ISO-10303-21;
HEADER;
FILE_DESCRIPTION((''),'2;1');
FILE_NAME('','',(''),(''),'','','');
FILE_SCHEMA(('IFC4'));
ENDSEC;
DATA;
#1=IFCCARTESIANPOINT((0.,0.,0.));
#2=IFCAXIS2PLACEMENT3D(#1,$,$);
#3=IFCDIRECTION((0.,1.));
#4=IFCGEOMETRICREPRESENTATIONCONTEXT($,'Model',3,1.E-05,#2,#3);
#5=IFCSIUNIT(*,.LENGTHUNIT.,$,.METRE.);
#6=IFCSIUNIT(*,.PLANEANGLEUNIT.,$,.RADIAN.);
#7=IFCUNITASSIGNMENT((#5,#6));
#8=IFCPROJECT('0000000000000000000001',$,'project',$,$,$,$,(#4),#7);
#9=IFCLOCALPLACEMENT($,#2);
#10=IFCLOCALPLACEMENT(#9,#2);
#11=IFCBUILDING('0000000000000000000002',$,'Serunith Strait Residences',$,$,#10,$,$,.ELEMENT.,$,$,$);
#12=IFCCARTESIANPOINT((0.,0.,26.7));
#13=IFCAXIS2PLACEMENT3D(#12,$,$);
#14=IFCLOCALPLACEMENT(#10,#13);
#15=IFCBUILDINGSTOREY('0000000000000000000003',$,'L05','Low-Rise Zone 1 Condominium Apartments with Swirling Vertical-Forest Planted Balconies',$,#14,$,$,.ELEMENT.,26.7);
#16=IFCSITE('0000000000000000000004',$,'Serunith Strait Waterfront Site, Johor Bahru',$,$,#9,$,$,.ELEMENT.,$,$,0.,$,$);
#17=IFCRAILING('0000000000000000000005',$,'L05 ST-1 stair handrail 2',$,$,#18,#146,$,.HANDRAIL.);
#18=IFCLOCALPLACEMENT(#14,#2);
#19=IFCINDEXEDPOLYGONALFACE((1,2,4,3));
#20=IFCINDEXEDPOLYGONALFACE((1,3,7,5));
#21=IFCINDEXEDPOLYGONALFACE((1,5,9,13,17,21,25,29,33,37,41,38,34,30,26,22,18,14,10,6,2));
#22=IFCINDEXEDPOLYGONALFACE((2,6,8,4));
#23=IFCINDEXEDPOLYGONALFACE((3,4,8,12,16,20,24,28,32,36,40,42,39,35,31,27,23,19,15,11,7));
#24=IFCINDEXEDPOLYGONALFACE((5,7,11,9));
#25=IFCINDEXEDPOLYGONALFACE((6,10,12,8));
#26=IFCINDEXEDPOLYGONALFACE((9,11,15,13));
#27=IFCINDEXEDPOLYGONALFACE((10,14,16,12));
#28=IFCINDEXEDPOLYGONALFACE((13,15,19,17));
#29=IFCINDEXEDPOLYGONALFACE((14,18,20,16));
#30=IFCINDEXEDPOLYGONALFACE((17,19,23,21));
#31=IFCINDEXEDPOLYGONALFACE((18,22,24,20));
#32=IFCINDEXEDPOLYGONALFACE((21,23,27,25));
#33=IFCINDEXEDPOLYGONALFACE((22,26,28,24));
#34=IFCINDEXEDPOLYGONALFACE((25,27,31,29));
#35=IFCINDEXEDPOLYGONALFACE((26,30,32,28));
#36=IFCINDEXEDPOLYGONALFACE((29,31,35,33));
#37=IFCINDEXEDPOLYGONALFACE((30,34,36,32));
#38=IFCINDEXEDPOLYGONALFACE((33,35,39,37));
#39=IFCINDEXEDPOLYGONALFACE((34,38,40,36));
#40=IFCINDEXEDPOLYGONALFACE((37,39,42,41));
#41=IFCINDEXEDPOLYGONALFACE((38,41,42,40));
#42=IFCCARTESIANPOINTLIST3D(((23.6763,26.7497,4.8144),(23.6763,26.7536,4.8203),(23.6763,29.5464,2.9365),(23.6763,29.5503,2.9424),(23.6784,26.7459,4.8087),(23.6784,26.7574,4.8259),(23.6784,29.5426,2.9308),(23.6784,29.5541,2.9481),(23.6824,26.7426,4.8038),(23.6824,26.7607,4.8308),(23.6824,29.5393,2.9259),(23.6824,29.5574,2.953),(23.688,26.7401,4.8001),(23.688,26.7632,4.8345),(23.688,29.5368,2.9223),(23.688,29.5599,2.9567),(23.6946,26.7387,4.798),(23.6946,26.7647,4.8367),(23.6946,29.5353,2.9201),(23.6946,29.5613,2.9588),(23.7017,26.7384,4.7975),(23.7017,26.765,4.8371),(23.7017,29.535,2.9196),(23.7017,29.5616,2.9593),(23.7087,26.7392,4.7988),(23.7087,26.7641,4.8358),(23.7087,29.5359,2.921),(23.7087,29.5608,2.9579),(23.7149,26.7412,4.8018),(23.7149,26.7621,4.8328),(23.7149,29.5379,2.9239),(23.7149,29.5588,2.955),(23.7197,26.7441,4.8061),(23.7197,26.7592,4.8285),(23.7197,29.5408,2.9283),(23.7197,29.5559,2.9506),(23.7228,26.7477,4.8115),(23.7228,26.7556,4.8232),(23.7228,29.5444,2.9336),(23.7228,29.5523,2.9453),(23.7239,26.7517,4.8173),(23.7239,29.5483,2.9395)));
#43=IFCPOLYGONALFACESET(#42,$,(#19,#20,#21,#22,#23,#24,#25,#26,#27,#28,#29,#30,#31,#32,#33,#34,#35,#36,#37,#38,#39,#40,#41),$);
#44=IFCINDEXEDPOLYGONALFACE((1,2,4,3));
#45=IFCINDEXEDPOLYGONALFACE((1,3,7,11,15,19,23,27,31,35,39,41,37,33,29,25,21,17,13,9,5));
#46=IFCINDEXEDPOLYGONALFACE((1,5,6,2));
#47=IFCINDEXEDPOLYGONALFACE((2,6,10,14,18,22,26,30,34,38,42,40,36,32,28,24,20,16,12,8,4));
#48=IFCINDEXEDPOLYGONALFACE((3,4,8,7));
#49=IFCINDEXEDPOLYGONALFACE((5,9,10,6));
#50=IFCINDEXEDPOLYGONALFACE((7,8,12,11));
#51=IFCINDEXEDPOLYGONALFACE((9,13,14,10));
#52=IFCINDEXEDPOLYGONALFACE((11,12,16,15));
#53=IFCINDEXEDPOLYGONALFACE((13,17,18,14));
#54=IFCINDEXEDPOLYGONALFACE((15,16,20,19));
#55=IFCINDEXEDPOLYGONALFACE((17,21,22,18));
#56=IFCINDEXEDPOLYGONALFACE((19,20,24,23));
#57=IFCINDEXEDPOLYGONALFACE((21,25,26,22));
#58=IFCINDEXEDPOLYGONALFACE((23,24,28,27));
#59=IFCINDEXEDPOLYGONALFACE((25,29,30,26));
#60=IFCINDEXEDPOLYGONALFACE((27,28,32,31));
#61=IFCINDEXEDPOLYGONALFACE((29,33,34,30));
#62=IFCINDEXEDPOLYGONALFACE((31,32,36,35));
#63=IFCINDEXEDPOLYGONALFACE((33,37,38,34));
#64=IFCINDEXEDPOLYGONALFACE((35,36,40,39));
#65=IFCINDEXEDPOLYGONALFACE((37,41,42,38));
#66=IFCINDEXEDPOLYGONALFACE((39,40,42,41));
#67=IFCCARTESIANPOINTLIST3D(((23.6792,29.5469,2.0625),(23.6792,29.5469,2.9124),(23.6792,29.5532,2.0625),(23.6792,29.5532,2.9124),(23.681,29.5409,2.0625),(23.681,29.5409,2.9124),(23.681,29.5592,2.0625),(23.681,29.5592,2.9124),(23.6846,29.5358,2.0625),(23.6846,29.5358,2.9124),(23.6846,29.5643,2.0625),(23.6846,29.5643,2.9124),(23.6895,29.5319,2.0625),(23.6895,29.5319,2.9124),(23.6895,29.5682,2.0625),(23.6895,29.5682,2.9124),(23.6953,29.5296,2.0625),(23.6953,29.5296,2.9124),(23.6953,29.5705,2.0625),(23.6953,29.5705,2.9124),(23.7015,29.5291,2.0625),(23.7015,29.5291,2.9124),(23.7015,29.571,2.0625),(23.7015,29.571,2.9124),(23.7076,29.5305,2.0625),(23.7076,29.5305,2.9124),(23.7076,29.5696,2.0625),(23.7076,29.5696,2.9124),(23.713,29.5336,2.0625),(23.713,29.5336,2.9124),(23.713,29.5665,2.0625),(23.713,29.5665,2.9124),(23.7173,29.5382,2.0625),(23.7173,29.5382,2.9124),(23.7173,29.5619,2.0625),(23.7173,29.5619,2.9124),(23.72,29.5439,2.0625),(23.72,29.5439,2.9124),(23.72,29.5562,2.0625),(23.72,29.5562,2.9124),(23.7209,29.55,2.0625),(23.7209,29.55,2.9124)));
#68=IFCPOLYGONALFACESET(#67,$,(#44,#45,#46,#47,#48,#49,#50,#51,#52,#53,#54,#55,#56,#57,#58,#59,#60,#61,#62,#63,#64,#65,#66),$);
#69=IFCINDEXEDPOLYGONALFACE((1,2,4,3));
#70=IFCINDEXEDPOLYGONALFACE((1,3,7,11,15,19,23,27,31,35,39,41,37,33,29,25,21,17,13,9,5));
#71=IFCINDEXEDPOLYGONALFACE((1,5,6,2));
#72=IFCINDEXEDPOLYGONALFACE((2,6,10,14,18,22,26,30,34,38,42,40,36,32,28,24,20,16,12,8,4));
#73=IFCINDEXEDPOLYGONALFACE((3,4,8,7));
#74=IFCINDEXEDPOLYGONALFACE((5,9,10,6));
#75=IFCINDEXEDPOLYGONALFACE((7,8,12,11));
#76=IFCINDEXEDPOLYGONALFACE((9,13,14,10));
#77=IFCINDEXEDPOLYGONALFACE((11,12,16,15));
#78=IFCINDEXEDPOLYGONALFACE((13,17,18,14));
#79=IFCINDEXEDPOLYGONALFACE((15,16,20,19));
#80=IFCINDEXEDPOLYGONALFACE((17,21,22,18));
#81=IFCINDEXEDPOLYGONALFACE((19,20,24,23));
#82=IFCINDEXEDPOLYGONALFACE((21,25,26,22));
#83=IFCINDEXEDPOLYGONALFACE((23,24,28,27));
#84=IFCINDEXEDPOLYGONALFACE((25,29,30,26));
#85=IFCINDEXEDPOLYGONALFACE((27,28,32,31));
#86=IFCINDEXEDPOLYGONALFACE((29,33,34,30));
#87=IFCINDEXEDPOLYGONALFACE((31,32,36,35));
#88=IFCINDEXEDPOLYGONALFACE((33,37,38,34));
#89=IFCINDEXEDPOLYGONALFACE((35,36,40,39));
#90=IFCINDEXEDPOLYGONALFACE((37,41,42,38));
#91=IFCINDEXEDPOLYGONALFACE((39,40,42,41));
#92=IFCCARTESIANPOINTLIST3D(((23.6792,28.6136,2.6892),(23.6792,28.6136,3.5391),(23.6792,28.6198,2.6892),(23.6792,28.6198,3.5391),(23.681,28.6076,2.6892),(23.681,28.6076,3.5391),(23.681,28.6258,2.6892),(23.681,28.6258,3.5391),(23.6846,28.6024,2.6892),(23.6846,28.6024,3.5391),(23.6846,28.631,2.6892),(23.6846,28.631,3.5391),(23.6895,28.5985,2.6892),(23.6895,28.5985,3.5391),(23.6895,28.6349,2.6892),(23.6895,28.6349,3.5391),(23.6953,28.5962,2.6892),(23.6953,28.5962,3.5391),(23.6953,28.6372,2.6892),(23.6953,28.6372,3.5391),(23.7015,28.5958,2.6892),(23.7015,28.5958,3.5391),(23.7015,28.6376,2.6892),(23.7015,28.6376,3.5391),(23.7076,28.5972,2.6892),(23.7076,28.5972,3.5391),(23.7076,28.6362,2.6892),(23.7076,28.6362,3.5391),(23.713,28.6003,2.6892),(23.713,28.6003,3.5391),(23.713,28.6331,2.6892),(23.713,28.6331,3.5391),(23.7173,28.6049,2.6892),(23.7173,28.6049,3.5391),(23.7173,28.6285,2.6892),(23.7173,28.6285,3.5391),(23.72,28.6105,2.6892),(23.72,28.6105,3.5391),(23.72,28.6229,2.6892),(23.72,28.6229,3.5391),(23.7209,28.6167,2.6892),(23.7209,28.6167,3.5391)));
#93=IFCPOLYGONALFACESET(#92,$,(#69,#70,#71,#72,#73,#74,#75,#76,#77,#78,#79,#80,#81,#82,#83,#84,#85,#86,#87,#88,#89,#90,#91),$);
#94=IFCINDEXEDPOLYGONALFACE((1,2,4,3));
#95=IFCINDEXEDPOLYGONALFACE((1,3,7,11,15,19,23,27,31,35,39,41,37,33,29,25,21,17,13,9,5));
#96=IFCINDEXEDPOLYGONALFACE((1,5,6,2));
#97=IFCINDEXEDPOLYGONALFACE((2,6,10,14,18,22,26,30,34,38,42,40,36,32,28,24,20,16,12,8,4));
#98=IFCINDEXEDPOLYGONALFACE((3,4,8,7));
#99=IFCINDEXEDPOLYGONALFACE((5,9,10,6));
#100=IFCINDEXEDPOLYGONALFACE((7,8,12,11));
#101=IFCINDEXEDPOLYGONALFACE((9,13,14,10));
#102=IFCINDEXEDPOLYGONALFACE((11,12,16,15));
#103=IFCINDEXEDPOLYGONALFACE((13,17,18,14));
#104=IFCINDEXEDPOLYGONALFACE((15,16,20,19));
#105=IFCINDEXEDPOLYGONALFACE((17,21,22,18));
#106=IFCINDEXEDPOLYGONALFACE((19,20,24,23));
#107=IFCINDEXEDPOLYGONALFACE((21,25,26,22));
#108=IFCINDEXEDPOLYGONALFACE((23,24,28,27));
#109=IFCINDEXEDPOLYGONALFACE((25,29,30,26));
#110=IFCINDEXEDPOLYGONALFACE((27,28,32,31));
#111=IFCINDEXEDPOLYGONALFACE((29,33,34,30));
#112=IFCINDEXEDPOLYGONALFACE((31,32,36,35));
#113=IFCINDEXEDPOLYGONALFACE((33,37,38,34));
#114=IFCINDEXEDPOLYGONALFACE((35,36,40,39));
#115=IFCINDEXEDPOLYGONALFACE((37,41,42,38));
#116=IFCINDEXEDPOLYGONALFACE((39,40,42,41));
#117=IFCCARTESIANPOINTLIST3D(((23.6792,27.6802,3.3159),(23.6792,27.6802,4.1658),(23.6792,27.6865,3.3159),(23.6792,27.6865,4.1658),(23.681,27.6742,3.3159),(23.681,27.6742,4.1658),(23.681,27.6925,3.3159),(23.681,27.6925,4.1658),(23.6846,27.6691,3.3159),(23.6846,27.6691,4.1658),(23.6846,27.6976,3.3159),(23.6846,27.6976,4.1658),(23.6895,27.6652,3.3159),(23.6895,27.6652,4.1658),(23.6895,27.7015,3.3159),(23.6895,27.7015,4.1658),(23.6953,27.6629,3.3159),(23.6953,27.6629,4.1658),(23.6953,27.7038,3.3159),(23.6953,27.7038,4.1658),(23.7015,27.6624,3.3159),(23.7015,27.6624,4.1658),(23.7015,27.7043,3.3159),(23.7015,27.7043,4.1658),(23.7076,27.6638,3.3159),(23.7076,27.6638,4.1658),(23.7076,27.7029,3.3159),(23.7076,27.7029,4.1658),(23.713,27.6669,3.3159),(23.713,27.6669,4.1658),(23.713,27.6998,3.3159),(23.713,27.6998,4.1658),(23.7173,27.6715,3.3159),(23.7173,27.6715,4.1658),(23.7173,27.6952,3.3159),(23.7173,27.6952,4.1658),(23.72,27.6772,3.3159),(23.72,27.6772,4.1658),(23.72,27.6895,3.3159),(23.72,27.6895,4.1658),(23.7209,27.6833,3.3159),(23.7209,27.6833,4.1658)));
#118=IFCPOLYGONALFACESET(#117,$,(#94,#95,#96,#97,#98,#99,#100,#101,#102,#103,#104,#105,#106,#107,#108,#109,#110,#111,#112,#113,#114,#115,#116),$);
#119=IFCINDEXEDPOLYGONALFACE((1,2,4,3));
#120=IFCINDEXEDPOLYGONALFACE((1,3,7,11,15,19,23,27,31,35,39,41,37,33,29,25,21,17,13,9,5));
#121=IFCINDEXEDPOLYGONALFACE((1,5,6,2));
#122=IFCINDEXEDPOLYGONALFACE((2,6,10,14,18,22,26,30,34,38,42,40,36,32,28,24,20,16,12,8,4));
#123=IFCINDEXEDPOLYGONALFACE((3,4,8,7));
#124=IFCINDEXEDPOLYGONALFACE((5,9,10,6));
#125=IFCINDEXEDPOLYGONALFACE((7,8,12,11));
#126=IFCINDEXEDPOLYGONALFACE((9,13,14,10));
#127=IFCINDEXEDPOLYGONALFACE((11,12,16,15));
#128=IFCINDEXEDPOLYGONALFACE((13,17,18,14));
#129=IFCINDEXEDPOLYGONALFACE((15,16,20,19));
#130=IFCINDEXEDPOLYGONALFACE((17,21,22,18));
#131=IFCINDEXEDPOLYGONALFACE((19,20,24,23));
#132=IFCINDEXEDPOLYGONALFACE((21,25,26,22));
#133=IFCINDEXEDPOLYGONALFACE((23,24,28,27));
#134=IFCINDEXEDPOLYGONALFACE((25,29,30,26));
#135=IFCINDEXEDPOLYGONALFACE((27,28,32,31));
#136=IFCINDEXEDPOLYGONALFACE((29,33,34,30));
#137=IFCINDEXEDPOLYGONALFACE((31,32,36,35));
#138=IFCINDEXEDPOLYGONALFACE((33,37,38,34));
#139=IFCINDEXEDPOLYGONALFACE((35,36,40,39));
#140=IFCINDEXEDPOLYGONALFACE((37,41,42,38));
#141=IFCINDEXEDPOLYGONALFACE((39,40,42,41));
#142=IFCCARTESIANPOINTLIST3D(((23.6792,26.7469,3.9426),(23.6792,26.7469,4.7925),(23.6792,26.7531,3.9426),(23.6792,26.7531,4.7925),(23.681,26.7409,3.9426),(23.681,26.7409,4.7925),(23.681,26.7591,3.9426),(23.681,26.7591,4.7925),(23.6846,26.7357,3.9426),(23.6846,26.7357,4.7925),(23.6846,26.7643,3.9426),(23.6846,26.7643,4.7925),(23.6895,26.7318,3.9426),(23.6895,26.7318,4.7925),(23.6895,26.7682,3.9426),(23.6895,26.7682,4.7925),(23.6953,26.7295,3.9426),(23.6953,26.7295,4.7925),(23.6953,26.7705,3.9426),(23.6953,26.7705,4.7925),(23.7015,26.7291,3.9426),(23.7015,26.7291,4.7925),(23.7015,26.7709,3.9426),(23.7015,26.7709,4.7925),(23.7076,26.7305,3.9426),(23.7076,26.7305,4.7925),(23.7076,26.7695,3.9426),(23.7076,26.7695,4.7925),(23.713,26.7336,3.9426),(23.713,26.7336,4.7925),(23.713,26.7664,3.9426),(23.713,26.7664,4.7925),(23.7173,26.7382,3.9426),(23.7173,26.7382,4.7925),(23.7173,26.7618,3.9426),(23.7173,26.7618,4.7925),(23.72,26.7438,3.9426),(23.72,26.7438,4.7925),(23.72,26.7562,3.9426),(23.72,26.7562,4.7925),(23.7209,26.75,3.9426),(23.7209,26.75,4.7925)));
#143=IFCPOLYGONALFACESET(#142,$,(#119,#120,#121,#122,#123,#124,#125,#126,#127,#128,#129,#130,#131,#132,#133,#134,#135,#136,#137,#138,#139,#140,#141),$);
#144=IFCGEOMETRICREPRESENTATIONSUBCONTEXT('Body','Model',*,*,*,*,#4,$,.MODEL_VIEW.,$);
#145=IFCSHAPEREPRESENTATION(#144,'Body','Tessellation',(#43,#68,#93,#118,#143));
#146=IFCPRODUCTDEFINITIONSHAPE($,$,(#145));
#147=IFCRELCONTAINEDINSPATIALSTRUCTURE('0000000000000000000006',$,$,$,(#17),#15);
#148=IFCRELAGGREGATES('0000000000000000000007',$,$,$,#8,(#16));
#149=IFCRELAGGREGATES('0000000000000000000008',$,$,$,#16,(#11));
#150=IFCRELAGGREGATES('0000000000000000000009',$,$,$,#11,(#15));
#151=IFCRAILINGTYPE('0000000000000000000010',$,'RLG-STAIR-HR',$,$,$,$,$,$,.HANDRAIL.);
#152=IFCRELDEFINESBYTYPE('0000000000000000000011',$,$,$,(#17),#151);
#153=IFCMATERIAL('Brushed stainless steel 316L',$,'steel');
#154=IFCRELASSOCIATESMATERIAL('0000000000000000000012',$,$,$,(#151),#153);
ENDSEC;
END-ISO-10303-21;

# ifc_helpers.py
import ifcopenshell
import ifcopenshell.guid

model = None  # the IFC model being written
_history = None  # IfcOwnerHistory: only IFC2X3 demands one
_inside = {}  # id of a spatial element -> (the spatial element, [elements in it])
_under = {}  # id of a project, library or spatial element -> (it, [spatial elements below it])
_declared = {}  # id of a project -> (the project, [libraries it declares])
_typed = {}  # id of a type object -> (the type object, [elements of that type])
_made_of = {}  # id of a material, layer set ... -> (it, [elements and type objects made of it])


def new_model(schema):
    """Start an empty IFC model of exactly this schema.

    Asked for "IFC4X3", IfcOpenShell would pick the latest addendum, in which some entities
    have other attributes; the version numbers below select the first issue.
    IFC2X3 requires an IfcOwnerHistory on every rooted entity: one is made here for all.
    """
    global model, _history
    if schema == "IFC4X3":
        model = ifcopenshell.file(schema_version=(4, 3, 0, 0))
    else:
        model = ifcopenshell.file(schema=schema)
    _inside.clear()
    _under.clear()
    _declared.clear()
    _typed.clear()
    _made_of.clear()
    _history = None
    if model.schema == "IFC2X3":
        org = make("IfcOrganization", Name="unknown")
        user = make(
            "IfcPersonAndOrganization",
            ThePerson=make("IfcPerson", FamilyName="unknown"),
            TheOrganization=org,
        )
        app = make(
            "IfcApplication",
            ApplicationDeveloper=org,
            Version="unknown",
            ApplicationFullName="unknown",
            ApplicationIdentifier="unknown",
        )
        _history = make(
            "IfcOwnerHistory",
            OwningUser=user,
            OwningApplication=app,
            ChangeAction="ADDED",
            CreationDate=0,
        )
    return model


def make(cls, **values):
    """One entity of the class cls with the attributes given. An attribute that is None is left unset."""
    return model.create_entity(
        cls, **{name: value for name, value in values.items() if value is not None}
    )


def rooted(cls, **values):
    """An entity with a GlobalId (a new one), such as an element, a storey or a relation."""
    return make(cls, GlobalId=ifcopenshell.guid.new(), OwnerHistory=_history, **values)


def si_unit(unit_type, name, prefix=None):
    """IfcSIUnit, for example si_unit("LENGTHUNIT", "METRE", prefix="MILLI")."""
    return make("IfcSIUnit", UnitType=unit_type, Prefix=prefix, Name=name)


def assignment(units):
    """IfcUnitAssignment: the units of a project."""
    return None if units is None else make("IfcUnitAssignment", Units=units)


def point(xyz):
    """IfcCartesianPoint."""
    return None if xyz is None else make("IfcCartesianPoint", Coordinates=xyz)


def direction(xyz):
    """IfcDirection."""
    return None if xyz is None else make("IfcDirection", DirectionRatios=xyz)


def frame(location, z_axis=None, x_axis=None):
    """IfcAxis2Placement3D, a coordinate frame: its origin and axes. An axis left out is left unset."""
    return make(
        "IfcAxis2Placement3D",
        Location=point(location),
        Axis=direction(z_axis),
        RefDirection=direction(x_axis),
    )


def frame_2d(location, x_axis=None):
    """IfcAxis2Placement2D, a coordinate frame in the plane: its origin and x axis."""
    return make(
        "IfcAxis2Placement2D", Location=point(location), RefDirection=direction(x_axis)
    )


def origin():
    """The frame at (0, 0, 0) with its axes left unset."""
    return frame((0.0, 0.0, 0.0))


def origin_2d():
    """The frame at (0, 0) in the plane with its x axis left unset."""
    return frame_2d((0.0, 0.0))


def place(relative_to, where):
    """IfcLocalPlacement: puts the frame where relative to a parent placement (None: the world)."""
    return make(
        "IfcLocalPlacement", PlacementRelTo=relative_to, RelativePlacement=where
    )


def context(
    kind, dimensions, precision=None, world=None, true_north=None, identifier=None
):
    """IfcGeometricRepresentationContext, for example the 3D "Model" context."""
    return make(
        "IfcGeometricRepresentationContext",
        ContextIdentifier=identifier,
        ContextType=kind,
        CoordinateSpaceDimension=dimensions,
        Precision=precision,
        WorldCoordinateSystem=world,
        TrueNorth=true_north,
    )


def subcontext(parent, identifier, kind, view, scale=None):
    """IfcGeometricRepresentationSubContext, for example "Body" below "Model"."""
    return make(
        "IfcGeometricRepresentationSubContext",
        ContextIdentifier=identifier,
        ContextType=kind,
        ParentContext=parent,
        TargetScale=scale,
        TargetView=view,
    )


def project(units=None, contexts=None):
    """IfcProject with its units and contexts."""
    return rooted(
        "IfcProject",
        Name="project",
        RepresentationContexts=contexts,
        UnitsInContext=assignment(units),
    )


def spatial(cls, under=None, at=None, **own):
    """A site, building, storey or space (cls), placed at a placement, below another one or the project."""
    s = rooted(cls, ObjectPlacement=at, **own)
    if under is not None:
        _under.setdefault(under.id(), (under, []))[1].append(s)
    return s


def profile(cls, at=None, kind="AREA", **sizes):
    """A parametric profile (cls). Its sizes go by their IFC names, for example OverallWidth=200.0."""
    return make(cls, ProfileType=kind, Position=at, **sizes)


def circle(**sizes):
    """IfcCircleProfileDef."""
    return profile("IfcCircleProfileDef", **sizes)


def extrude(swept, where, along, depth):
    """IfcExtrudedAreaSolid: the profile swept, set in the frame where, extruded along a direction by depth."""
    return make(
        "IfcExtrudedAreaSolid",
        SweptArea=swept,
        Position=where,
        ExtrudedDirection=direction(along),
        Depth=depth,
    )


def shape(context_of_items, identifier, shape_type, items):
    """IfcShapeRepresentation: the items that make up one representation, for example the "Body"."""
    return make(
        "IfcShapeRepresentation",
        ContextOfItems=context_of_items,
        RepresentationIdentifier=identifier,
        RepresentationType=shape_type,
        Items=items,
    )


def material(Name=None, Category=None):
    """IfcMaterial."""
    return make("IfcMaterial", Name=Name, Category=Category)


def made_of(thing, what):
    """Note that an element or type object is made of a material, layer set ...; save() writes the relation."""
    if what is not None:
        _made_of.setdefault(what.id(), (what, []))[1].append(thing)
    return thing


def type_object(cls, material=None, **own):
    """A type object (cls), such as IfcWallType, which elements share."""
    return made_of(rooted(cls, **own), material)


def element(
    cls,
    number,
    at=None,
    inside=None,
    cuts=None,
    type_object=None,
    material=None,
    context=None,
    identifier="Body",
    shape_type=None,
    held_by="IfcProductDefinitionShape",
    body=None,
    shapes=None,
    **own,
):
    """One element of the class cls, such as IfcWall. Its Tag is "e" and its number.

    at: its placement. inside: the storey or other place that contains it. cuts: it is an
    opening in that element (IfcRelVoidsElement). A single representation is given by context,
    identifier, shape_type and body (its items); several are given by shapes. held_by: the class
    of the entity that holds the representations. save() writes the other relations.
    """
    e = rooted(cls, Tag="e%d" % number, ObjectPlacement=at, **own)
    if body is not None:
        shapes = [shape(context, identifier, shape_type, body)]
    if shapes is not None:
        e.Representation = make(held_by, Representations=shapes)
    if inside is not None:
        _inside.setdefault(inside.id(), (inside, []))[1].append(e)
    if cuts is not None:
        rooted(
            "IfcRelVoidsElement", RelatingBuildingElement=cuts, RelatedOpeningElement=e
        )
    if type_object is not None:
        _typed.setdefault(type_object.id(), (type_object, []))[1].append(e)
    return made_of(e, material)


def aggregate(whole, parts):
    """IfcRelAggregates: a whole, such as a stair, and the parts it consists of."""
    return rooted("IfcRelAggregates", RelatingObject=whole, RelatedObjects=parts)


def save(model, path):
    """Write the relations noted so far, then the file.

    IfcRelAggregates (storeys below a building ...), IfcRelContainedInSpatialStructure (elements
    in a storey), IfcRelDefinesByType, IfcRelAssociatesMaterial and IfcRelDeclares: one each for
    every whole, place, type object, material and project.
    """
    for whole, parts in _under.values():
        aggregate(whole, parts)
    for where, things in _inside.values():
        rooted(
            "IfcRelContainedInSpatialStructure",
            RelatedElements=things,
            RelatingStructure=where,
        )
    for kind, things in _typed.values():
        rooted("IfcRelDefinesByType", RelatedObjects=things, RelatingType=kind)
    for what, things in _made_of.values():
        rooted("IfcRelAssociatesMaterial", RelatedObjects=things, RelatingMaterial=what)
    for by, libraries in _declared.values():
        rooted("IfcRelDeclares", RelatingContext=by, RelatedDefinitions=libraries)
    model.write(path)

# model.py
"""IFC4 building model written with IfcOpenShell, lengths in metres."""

from ifc_helpers import new_model, si_unit, direction, frame, origin, origin_2d, place, context, subcontext, project, spatial, circle, extrude, material, type_object, element, save


model = new_model("IFC4")

# Units and contexts
model_context = context("Model", 3, precision=1e-05, world=origin(), true_north=direction((0.0, 1.0)))
body_context = subcontext(model_context, "Body", "Model", "MODEL_VIEW")
ifc_project = project(units=[si_unit("LENGTHUNIT", "METRE"), si_unit("PLANEANGLEUNIT", "RADIAN")], contexts=[model_context])

# Site, building, storey
site_placement = place(None, origin())
site = spatial("IfcSite", under=ifc_project, at=site_placement, Name="Serunith Strait Waterfront Site, Johor Bahru", CompositionType="ELEMENT", RefElevation=0.0)
building_placement = place(site_placement, origin())
building = spatial("IfcBuilding", under=site, at=building_placement, Name="Serunith Strait Residences", CompositionType="ELEMENT")
storey_placement = place(building_placement, frame((0.0, 0.0, 26.7)))
storey = spatial("IfcBuildingStorey", under=building, at=storey_placement, Name="L05", Description="Low-Rise Zone 1 Condominium Apartments with Swirling Vertical-Forest Planted Balconies", CompositionType="ELEMENT", Elevation=26.7)

# Railing
ifc_material_1 = material(Name="Brushed stainless steel 316L", Category="steel")
railing_type_1 = type_object("IfcRailingType", Name="RLG-STAIR-HR", PredefinedType="HANDRAIL", material=ifc_material_1)
railing_1_placement = place(storey_placement, frame((23.7, 29.55, 2.0625)))
element("IfcRailing", 1, at=railing_1_placement, inside=storey, type_object=railing_type_1, Name="L05 ST-1 stair handrail 2", PredefinedType="HANDRAIL", context=body_context, shape_type="SweptSolid", body=[
    extrude(circle(Radius=0.0239, at=origin_2d()), frame((0.0, -0.0017, 0.877), z_axis=(0.0, -0.830208, 0.557453), x_axis=(1.0, 0.0, 0.0)), (0.0, 0.0, 1.0), 3.3687),
    extrude(circle(Radius=0.021, at=origin_2d()), origin(), (0.0, 0.0, 1.0), 0.8499),
    extrude(circle(Radius=0.021, at=origin_2d()), frame((0.0, -0.9333, 0.6267)), (0.0, 0.0, 1.0), 0.8499),
    extrude(circle(Radius=0.021, at=origin_2d()), frame((0.0, -1.8667, 1.2534)), (0.0, 0.0, 1.0), 0.8499),
    extrude(circle(Radius=0.021, at=origin_2d()), frame((0.0, -2.8, 1.8801)), (0.0, 0.0, 1.0), 0.8499),
])

save(model, "model.ifc")
